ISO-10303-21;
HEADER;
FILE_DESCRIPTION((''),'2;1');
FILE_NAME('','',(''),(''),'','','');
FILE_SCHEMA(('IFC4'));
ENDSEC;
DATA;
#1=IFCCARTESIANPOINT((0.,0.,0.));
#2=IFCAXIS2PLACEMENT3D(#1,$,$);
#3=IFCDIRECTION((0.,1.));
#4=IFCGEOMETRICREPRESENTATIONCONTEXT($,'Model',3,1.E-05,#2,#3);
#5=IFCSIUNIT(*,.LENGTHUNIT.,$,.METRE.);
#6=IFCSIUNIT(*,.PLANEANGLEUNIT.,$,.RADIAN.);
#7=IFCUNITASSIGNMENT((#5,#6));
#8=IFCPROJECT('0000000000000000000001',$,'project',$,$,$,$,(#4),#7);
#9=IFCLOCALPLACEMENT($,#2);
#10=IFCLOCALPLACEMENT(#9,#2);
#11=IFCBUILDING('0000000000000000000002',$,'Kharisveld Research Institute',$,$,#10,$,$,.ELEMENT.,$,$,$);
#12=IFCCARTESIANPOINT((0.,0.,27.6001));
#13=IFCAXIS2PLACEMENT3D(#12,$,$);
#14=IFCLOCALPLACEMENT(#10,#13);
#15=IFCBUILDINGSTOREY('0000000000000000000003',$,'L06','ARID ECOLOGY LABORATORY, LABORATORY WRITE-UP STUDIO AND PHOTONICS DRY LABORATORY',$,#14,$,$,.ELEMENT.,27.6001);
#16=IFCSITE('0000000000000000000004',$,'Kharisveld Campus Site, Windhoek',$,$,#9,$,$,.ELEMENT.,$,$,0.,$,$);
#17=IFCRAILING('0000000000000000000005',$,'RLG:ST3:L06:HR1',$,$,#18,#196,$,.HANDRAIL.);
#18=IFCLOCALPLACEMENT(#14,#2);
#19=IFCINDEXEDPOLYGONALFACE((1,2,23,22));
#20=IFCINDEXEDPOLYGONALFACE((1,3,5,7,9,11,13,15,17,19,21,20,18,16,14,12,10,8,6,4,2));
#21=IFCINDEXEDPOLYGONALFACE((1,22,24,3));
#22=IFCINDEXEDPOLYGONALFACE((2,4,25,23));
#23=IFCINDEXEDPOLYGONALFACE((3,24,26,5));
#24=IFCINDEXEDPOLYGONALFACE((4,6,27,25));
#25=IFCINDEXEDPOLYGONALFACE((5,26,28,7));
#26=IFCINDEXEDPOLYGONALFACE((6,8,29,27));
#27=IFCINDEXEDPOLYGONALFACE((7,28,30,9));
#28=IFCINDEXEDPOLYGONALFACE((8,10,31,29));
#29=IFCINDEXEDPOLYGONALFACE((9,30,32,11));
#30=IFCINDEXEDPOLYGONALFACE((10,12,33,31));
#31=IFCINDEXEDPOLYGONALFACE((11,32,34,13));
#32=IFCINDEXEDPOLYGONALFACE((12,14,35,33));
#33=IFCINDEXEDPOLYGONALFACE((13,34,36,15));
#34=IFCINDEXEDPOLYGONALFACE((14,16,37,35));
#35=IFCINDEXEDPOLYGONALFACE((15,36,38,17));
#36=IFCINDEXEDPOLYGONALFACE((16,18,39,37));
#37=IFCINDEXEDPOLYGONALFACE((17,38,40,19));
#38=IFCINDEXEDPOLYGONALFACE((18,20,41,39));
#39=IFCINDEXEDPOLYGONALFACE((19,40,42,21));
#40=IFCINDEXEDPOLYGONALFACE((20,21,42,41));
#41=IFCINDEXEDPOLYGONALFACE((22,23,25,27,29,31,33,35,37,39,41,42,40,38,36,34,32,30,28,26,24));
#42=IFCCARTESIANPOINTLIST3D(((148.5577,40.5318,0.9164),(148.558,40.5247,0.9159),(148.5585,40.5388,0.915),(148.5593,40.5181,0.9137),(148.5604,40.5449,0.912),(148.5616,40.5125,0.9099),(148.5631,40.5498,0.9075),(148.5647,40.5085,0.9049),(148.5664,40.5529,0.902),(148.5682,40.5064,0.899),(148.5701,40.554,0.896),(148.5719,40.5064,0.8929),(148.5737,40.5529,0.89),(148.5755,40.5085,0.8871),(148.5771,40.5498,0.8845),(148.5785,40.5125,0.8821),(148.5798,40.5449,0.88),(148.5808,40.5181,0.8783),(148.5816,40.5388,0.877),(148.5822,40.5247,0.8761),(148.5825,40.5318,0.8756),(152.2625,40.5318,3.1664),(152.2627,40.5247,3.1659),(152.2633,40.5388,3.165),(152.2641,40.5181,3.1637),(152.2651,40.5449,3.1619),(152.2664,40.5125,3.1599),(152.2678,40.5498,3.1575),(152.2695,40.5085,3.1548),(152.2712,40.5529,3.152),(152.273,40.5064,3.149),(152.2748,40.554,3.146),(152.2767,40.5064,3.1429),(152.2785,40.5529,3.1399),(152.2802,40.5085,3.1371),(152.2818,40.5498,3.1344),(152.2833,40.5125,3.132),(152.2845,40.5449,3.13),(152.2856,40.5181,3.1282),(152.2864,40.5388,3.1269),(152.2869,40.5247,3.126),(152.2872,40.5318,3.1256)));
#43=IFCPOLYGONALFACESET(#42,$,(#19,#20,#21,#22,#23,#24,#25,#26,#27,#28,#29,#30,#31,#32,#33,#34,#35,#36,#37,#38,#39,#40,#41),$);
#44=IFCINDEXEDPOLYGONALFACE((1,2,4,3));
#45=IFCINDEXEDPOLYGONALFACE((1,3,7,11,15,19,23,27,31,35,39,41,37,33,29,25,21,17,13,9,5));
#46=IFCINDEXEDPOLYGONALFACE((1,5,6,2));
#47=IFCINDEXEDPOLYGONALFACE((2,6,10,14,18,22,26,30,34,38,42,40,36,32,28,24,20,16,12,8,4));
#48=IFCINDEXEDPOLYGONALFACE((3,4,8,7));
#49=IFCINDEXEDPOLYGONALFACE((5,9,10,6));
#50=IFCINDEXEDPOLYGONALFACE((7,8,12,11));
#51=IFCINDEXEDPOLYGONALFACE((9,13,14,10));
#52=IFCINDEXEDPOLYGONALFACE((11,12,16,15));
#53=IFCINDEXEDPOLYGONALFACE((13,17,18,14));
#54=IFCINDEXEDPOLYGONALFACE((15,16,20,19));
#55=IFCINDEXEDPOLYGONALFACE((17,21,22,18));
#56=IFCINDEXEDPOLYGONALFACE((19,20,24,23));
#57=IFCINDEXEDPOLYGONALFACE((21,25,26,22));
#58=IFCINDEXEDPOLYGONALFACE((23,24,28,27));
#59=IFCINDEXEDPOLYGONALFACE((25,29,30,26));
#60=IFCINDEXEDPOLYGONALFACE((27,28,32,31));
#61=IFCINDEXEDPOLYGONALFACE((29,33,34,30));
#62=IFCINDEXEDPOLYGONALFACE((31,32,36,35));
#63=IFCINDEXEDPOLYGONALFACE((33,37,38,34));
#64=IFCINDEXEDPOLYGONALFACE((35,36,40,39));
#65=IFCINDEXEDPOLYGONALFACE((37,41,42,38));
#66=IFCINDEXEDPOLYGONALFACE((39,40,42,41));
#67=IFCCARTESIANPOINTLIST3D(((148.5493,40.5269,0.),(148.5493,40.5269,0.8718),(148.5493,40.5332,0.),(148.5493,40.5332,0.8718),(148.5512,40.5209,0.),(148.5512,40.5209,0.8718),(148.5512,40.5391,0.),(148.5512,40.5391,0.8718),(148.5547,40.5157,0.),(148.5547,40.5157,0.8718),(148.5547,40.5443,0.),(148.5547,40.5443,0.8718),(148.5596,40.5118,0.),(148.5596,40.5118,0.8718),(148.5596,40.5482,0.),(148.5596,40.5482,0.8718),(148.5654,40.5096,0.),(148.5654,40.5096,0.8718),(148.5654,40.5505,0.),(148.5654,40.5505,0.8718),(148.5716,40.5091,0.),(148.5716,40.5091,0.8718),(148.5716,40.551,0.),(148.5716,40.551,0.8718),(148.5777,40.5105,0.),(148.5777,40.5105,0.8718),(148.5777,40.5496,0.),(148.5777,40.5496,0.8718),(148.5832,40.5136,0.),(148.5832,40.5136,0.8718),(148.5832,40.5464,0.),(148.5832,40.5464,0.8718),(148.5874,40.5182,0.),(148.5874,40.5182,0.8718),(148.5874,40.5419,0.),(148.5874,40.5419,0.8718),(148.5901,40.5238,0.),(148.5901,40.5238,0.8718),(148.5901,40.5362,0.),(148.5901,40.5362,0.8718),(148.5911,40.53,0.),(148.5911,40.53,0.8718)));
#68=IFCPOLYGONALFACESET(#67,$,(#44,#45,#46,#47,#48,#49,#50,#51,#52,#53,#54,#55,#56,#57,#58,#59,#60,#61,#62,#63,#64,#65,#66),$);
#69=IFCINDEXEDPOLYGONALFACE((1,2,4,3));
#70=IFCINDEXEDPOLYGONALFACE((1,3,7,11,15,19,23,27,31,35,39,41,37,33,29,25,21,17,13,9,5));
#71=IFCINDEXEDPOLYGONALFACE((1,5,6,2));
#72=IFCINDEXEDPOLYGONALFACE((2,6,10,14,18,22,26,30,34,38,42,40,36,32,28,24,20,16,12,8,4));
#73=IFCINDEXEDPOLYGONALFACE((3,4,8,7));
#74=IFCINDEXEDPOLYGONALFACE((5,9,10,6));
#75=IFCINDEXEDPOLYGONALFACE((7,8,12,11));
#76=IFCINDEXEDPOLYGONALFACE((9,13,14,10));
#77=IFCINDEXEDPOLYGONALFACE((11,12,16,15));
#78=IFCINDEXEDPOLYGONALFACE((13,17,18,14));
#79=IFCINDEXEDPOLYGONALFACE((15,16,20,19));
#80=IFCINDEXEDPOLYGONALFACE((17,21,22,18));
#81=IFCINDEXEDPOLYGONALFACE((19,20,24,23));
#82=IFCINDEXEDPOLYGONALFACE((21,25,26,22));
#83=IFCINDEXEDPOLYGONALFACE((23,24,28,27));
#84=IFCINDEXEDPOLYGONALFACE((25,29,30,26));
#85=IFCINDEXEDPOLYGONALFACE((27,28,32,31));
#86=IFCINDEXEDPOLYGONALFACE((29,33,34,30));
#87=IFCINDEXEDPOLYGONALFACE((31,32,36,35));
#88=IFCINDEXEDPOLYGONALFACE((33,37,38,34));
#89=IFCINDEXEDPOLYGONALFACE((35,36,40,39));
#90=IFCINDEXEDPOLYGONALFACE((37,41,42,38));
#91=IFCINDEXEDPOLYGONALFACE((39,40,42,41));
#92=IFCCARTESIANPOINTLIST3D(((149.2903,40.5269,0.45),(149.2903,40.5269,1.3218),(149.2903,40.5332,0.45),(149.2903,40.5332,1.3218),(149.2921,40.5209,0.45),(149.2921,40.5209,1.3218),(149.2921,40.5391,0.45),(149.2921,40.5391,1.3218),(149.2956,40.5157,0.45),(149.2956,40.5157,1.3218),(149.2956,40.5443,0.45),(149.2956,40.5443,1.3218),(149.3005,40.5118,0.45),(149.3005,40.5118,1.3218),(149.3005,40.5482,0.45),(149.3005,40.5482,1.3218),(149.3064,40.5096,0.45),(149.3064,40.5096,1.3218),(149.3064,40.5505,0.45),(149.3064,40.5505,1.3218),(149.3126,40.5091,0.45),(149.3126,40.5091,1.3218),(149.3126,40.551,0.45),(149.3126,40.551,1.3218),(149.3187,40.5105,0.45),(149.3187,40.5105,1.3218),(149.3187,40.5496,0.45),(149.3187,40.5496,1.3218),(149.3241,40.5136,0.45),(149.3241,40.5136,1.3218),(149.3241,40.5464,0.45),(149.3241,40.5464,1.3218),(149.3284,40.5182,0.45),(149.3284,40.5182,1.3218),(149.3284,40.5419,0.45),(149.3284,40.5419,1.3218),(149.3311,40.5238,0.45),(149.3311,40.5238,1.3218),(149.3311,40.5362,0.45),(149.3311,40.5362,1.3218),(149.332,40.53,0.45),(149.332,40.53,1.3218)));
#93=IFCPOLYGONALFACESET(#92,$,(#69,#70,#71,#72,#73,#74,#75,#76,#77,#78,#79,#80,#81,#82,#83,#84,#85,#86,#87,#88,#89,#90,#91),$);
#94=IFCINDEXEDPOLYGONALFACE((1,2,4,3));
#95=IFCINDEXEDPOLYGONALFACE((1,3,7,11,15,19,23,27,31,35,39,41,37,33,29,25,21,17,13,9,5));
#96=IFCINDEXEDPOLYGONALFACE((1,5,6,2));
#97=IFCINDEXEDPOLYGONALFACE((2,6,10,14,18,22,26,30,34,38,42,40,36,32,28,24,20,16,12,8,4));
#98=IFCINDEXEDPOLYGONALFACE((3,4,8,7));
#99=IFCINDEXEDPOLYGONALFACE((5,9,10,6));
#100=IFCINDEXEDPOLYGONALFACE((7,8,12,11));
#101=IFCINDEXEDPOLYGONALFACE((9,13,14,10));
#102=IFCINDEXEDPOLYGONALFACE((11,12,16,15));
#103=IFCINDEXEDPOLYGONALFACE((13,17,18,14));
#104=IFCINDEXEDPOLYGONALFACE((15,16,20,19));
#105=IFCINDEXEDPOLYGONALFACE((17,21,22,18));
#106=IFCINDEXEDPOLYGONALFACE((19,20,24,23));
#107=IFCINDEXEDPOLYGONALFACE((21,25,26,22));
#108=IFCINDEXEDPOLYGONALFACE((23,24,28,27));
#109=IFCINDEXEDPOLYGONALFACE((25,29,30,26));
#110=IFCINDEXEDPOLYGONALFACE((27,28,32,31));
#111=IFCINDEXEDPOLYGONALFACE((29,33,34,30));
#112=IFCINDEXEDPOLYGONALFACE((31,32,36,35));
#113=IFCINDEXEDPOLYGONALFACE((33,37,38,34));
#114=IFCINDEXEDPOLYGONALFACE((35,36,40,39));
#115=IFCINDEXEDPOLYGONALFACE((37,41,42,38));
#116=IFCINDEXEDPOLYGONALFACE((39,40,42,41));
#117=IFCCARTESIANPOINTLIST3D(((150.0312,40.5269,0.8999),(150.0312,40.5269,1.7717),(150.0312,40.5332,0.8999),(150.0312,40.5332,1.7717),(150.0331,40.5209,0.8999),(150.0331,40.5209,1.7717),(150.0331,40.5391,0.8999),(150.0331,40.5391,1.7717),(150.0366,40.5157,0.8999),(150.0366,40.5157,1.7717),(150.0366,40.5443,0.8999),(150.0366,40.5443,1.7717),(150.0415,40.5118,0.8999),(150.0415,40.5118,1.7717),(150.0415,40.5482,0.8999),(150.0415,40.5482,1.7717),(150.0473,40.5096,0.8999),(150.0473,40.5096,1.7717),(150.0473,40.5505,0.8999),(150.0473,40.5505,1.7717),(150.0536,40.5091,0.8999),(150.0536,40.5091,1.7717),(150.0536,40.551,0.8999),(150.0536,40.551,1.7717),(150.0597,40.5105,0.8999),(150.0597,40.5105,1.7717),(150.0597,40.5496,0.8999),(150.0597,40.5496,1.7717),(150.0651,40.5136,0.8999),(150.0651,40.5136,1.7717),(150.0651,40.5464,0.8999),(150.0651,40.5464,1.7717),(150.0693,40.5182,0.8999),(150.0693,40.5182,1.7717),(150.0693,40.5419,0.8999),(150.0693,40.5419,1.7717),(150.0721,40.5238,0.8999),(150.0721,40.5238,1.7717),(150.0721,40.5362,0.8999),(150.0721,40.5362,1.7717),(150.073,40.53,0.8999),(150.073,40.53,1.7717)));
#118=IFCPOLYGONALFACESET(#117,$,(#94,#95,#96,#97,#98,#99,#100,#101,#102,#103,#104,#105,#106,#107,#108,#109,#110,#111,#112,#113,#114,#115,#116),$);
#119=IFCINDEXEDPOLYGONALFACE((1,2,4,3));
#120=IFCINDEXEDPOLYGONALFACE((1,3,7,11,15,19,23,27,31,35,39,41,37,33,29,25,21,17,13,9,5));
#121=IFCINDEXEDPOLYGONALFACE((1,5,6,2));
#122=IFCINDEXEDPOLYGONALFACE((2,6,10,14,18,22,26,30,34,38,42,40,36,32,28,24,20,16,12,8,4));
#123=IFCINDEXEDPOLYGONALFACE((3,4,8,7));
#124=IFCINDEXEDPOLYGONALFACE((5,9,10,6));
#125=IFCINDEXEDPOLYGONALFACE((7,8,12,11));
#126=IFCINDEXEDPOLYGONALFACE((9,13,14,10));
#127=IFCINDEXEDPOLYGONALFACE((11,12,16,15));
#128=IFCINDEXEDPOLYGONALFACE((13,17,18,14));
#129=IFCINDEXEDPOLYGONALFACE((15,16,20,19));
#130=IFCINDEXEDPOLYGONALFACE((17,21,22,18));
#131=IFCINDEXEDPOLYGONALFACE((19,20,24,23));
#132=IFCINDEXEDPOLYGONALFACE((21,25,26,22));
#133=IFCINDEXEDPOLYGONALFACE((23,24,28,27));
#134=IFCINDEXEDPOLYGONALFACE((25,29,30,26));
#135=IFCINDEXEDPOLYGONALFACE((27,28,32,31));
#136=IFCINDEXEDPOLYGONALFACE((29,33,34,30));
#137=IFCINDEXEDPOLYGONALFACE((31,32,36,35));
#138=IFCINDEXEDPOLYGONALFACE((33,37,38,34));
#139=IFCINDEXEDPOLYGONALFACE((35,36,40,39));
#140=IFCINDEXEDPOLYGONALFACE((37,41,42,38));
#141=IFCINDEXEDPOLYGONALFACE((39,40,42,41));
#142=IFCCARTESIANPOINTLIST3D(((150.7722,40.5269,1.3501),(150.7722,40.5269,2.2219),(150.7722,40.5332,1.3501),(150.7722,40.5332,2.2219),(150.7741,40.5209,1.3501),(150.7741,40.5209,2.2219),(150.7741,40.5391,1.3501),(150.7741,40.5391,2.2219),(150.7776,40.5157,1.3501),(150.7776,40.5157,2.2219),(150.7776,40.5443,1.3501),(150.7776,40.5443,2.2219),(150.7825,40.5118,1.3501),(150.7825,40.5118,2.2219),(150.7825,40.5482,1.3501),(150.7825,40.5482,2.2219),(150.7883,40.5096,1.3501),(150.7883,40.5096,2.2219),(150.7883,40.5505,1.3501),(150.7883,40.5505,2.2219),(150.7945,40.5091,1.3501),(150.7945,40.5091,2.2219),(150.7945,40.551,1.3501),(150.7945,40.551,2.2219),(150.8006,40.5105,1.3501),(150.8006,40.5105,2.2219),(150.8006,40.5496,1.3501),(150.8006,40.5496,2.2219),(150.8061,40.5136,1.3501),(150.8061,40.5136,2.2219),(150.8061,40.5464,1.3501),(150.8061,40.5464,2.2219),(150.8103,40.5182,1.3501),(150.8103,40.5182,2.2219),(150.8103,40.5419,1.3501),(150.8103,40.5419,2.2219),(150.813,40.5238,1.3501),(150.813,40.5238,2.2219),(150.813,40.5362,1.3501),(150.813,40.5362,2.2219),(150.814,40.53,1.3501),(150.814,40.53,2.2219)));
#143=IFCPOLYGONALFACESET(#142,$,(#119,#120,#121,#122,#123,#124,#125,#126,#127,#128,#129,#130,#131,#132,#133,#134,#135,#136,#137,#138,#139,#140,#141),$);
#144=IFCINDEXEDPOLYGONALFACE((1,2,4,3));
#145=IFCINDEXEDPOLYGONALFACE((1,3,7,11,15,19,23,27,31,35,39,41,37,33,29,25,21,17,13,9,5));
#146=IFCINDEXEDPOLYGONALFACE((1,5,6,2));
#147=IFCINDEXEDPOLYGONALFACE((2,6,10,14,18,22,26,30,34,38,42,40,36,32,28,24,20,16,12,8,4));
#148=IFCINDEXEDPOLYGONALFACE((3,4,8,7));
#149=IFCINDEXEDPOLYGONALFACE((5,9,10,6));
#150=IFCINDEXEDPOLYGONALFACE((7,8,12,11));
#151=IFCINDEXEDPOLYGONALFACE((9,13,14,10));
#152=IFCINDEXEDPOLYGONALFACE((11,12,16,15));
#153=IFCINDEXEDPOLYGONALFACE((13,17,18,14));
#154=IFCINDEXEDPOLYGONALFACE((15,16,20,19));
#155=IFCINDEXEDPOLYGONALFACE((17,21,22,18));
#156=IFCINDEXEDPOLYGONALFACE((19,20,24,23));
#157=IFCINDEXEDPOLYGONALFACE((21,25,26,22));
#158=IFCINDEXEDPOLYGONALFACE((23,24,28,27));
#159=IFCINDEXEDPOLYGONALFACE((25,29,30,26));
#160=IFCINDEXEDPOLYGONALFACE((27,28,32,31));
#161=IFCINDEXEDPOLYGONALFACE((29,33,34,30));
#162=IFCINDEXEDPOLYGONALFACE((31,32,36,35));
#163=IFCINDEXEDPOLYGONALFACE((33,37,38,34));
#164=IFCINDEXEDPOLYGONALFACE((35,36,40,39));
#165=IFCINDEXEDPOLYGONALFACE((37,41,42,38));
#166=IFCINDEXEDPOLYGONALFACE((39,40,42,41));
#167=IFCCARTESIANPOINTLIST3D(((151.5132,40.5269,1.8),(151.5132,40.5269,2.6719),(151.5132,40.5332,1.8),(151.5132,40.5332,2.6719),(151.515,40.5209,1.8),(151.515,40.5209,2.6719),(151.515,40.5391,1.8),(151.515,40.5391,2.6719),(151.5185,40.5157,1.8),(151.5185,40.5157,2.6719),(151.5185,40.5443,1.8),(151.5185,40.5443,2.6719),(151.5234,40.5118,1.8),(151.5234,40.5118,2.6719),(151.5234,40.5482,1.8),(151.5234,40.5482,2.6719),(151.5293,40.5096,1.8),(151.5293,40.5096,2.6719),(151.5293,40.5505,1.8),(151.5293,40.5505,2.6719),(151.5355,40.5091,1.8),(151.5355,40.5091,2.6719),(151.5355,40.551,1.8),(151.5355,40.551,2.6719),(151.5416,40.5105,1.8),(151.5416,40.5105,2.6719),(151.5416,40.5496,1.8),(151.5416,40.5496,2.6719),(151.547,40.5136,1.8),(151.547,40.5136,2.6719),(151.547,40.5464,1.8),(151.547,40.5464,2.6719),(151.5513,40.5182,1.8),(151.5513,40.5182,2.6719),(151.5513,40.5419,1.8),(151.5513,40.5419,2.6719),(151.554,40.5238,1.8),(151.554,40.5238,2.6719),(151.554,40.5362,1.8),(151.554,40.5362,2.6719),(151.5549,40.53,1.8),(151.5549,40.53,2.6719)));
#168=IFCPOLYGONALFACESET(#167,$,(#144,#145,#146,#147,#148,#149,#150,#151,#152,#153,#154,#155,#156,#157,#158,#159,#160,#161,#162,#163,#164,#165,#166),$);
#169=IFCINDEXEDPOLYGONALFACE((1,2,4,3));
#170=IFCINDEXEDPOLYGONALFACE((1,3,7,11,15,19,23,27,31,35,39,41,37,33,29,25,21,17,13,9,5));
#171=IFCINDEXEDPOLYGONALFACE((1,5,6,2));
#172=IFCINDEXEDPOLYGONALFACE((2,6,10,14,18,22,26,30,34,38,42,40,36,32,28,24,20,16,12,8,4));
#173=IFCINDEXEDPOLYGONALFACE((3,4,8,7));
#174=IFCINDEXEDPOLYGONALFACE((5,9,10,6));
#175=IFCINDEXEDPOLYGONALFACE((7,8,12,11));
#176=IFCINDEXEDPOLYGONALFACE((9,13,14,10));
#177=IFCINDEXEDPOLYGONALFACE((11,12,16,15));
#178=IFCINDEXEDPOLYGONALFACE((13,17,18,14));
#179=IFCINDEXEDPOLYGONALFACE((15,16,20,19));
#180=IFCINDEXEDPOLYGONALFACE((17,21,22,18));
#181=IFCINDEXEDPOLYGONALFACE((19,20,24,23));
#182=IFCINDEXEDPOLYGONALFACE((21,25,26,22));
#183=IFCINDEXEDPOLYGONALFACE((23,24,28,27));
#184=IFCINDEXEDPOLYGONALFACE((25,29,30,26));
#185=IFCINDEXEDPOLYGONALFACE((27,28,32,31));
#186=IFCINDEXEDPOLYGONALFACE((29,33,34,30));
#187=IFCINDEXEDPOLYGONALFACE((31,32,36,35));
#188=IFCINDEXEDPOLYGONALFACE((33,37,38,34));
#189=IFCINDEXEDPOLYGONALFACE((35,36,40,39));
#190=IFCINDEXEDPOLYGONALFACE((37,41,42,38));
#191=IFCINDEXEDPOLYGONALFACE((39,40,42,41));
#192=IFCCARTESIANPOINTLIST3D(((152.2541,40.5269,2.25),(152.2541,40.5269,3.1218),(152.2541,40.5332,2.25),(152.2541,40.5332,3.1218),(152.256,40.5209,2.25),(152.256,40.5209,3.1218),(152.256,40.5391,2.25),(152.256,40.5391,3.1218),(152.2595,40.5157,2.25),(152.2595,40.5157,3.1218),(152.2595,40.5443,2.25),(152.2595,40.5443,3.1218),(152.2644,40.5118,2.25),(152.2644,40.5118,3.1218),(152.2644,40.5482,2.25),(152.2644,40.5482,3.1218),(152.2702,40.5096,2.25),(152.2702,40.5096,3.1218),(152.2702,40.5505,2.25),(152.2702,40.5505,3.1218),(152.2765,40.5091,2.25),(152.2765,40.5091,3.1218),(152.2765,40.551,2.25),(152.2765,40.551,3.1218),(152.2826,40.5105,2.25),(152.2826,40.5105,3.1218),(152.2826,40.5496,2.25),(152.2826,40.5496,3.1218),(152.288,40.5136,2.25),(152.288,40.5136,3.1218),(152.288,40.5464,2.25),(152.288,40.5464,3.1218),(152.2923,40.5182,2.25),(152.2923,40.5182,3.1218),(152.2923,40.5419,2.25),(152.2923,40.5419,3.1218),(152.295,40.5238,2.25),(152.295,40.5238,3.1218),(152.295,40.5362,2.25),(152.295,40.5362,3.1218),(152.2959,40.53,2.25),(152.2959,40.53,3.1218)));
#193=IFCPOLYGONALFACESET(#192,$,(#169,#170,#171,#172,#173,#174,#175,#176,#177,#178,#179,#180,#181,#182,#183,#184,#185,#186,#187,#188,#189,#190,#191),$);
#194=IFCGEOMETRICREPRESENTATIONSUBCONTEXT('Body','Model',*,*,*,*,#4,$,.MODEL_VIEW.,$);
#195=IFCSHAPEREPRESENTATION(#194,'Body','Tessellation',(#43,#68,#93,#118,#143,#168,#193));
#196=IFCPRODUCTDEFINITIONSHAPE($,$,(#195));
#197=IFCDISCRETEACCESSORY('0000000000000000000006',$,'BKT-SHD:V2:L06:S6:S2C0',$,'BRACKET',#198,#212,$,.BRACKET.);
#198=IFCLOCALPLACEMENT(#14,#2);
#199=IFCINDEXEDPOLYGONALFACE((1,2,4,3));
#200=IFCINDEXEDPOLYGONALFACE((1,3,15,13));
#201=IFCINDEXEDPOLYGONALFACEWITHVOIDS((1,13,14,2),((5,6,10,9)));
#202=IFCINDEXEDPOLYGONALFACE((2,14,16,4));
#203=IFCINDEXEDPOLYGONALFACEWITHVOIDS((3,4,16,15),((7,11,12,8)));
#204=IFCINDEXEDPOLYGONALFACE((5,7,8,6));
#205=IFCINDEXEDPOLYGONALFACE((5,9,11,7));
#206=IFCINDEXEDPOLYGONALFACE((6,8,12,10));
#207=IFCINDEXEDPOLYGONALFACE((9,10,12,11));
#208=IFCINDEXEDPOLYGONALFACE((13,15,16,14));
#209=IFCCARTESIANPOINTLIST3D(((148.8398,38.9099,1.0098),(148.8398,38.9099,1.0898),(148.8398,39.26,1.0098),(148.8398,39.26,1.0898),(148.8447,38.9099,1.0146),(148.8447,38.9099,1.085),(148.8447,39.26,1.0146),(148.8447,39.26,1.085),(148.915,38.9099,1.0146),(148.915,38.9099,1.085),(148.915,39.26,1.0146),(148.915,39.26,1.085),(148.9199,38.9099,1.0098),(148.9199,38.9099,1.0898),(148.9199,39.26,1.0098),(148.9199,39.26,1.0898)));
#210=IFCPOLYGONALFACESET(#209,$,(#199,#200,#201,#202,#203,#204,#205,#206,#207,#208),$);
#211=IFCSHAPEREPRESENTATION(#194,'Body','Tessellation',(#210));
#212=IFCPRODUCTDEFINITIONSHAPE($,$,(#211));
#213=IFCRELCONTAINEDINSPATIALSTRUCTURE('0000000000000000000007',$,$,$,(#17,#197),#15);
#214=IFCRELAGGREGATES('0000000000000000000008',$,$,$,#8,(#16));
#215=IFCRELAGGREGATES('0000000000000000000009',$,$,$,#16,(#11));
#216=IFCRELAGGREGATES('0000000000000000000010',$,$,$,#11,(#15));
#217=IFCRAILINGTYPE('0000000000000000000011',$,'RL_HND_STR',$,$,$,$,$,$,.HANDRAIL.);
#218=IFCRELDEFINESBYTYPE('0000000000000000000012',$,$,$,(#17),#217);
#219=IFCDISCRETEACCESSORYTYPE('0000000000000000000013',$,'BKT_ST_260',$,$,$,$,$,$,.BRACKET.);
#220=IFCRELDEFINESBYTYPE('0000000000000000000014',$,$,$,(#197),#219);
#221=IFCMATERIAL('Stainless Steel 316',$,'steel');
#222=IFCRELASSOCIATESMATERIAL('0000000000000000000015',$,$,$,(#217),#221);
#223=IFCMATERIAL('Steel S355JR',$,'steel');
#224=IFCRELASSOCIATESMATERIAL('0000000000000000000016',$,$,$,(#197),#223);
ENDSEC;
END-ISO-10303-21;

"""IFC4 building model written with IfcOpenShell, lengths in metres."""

from ifc_helpers import new_model, si_unit, direction, frame, origin, origin_2d, place, context, subcontext, project, spatial, hollow_rectangle, circle, extrude, material, type_object, element, save


model = new_model("IFC4")

# Units and contexts
model_context = context("Model", 3, precision=1e-05, world=origin(), true_north=direction((0.0, 1.0)))
body_context = subcontext(model_context, "Body", "Model", "MODEL_VIEW")
ifc_project = project(units=[si_unit("LENGTHUNIT", "METRE"), si_unit("PLANEANGLEUNIT", "RADIAN")], contexts=[model_context])

# Site, building, storey
site_placement = place(None, origin())
site = spatial("IfcSite", under=ifc_project, at=site_placement, Name="Kharisveld Campus Site, Windhoek", CompositionType="ELEMENT", RefElevation=0.0)
building_placement = place(site_placement, origin())
building = spatial("IfcBuilding", under=site, at=building_placement, Name="Kharisveld Research Institute", CompositionType="ELEMENT")
storey_placement = place(building_placement, frame((0.0, 0.0, 27.6001)))
storey = spatial("IfcBuildingStorey", under=building, at=storey_placement, Name="L06", Description="ARID ECOLOGY LABORATORY, LABORATORY WRITE-UP STUDIO AND PHOTONICS DRY LABORATORY", CompositionType="ELEMENT", Elevation=27.6001)

# Railing
ifc_material_1 = material(Name="Stainless Steel 316", Category="steel")
railing_type = type_object("IfcRailingType", Name="RL_HND_STR", PredefinedType="HANDRAIL", material=ifc_material_1)
railing_placement = place(storey_placement, frame((148.5701, 40.53, 0.0)))
element("IfcRailing", 1, at=railing_placement, inside=storey, type_object=railing_type, Name="RLG:ST3:L06:HR1", PredefinedType="HANDRAIL", context=body_context, shape_type="SweptSolid", body=[
    extrude(circle(Radius=0.0239, at=origin_2d()), frame((0.0, 0.0, 0.896), z_axis=(0.854722, 0.0, 0.519085), x_axis=(0.0, 1.0, 0.0)), (0.0, 0.0, 1.0), 4.3345),
    extrude(circle(Radius=0.021, at=origin_2d()), origin(), (0.0, 0.0, 1.0), 0.8718),
    extrude(circle(Radius=0.021, at=origin_2d()), frame((0.741, 0.0, 0.45)), (0.0, 0.0, 1.0), 0.8718),
    extrude(circle(Radius=0.021, at=origin_2d()), frame((1.4819, 0.0, 0.8999)), (0.0, 0.0, 1.0), 0.8718),
    extrude(circle(Radius=0.021, at=origin_2d()), frame((2.2229, 0.0, 1.3501)), (0.0, 0.0, 1.0), 0.8718),
    extrude(circle(Radius=0.021, at=origin_2d()), frame((2.9639, 0.0, 1.8)), (0.0, 0.0, 1.0), 0.8718),
    extrude(circle(Radius=0.021, at=origin_2d()), frame((3.7048, 0.0, 2.25)), (0.0, 0.0, 1.0), 0.8718),
])

# Discrete accessory
ifc_material_2 = material(Name="Steel S355JR", Category="steel")
discrete_accessory_type = type_object("IfcDiscreteAccessoryType", Name="BKT_ST_260", PredefinedType="BRACKET")
for number, where, z_axis, x_axis, name in (
    (2, (148.8799, 39.26, 1.0498), (0.0, -1.0, 0.0), (1.0, 0.0, 0.0), "BKT-SHD:V2:L06:S6:S2C0"),
):
    element("IfcDiscreteAccessory", number, at=place(storey_placement, frame(where, z_axis=z_axis, x_axis=x_axis)), inside=storey, type_object=discrete_accessory_type, material=ifc_material_2, Name=name, ObjectType="BRACKET", PredefinedType="BRACKET", context=body_context, shape_type="SweptSolid", body=[
        extrude(hollow_rectangle(XDim=0.0801, YDim=0.0801, WallThickness=0.0049, at=origin_2d()), origin(), (0.0, 0.0, 1.0), 0.3501),
    ])

save(model, "model.ifc")
